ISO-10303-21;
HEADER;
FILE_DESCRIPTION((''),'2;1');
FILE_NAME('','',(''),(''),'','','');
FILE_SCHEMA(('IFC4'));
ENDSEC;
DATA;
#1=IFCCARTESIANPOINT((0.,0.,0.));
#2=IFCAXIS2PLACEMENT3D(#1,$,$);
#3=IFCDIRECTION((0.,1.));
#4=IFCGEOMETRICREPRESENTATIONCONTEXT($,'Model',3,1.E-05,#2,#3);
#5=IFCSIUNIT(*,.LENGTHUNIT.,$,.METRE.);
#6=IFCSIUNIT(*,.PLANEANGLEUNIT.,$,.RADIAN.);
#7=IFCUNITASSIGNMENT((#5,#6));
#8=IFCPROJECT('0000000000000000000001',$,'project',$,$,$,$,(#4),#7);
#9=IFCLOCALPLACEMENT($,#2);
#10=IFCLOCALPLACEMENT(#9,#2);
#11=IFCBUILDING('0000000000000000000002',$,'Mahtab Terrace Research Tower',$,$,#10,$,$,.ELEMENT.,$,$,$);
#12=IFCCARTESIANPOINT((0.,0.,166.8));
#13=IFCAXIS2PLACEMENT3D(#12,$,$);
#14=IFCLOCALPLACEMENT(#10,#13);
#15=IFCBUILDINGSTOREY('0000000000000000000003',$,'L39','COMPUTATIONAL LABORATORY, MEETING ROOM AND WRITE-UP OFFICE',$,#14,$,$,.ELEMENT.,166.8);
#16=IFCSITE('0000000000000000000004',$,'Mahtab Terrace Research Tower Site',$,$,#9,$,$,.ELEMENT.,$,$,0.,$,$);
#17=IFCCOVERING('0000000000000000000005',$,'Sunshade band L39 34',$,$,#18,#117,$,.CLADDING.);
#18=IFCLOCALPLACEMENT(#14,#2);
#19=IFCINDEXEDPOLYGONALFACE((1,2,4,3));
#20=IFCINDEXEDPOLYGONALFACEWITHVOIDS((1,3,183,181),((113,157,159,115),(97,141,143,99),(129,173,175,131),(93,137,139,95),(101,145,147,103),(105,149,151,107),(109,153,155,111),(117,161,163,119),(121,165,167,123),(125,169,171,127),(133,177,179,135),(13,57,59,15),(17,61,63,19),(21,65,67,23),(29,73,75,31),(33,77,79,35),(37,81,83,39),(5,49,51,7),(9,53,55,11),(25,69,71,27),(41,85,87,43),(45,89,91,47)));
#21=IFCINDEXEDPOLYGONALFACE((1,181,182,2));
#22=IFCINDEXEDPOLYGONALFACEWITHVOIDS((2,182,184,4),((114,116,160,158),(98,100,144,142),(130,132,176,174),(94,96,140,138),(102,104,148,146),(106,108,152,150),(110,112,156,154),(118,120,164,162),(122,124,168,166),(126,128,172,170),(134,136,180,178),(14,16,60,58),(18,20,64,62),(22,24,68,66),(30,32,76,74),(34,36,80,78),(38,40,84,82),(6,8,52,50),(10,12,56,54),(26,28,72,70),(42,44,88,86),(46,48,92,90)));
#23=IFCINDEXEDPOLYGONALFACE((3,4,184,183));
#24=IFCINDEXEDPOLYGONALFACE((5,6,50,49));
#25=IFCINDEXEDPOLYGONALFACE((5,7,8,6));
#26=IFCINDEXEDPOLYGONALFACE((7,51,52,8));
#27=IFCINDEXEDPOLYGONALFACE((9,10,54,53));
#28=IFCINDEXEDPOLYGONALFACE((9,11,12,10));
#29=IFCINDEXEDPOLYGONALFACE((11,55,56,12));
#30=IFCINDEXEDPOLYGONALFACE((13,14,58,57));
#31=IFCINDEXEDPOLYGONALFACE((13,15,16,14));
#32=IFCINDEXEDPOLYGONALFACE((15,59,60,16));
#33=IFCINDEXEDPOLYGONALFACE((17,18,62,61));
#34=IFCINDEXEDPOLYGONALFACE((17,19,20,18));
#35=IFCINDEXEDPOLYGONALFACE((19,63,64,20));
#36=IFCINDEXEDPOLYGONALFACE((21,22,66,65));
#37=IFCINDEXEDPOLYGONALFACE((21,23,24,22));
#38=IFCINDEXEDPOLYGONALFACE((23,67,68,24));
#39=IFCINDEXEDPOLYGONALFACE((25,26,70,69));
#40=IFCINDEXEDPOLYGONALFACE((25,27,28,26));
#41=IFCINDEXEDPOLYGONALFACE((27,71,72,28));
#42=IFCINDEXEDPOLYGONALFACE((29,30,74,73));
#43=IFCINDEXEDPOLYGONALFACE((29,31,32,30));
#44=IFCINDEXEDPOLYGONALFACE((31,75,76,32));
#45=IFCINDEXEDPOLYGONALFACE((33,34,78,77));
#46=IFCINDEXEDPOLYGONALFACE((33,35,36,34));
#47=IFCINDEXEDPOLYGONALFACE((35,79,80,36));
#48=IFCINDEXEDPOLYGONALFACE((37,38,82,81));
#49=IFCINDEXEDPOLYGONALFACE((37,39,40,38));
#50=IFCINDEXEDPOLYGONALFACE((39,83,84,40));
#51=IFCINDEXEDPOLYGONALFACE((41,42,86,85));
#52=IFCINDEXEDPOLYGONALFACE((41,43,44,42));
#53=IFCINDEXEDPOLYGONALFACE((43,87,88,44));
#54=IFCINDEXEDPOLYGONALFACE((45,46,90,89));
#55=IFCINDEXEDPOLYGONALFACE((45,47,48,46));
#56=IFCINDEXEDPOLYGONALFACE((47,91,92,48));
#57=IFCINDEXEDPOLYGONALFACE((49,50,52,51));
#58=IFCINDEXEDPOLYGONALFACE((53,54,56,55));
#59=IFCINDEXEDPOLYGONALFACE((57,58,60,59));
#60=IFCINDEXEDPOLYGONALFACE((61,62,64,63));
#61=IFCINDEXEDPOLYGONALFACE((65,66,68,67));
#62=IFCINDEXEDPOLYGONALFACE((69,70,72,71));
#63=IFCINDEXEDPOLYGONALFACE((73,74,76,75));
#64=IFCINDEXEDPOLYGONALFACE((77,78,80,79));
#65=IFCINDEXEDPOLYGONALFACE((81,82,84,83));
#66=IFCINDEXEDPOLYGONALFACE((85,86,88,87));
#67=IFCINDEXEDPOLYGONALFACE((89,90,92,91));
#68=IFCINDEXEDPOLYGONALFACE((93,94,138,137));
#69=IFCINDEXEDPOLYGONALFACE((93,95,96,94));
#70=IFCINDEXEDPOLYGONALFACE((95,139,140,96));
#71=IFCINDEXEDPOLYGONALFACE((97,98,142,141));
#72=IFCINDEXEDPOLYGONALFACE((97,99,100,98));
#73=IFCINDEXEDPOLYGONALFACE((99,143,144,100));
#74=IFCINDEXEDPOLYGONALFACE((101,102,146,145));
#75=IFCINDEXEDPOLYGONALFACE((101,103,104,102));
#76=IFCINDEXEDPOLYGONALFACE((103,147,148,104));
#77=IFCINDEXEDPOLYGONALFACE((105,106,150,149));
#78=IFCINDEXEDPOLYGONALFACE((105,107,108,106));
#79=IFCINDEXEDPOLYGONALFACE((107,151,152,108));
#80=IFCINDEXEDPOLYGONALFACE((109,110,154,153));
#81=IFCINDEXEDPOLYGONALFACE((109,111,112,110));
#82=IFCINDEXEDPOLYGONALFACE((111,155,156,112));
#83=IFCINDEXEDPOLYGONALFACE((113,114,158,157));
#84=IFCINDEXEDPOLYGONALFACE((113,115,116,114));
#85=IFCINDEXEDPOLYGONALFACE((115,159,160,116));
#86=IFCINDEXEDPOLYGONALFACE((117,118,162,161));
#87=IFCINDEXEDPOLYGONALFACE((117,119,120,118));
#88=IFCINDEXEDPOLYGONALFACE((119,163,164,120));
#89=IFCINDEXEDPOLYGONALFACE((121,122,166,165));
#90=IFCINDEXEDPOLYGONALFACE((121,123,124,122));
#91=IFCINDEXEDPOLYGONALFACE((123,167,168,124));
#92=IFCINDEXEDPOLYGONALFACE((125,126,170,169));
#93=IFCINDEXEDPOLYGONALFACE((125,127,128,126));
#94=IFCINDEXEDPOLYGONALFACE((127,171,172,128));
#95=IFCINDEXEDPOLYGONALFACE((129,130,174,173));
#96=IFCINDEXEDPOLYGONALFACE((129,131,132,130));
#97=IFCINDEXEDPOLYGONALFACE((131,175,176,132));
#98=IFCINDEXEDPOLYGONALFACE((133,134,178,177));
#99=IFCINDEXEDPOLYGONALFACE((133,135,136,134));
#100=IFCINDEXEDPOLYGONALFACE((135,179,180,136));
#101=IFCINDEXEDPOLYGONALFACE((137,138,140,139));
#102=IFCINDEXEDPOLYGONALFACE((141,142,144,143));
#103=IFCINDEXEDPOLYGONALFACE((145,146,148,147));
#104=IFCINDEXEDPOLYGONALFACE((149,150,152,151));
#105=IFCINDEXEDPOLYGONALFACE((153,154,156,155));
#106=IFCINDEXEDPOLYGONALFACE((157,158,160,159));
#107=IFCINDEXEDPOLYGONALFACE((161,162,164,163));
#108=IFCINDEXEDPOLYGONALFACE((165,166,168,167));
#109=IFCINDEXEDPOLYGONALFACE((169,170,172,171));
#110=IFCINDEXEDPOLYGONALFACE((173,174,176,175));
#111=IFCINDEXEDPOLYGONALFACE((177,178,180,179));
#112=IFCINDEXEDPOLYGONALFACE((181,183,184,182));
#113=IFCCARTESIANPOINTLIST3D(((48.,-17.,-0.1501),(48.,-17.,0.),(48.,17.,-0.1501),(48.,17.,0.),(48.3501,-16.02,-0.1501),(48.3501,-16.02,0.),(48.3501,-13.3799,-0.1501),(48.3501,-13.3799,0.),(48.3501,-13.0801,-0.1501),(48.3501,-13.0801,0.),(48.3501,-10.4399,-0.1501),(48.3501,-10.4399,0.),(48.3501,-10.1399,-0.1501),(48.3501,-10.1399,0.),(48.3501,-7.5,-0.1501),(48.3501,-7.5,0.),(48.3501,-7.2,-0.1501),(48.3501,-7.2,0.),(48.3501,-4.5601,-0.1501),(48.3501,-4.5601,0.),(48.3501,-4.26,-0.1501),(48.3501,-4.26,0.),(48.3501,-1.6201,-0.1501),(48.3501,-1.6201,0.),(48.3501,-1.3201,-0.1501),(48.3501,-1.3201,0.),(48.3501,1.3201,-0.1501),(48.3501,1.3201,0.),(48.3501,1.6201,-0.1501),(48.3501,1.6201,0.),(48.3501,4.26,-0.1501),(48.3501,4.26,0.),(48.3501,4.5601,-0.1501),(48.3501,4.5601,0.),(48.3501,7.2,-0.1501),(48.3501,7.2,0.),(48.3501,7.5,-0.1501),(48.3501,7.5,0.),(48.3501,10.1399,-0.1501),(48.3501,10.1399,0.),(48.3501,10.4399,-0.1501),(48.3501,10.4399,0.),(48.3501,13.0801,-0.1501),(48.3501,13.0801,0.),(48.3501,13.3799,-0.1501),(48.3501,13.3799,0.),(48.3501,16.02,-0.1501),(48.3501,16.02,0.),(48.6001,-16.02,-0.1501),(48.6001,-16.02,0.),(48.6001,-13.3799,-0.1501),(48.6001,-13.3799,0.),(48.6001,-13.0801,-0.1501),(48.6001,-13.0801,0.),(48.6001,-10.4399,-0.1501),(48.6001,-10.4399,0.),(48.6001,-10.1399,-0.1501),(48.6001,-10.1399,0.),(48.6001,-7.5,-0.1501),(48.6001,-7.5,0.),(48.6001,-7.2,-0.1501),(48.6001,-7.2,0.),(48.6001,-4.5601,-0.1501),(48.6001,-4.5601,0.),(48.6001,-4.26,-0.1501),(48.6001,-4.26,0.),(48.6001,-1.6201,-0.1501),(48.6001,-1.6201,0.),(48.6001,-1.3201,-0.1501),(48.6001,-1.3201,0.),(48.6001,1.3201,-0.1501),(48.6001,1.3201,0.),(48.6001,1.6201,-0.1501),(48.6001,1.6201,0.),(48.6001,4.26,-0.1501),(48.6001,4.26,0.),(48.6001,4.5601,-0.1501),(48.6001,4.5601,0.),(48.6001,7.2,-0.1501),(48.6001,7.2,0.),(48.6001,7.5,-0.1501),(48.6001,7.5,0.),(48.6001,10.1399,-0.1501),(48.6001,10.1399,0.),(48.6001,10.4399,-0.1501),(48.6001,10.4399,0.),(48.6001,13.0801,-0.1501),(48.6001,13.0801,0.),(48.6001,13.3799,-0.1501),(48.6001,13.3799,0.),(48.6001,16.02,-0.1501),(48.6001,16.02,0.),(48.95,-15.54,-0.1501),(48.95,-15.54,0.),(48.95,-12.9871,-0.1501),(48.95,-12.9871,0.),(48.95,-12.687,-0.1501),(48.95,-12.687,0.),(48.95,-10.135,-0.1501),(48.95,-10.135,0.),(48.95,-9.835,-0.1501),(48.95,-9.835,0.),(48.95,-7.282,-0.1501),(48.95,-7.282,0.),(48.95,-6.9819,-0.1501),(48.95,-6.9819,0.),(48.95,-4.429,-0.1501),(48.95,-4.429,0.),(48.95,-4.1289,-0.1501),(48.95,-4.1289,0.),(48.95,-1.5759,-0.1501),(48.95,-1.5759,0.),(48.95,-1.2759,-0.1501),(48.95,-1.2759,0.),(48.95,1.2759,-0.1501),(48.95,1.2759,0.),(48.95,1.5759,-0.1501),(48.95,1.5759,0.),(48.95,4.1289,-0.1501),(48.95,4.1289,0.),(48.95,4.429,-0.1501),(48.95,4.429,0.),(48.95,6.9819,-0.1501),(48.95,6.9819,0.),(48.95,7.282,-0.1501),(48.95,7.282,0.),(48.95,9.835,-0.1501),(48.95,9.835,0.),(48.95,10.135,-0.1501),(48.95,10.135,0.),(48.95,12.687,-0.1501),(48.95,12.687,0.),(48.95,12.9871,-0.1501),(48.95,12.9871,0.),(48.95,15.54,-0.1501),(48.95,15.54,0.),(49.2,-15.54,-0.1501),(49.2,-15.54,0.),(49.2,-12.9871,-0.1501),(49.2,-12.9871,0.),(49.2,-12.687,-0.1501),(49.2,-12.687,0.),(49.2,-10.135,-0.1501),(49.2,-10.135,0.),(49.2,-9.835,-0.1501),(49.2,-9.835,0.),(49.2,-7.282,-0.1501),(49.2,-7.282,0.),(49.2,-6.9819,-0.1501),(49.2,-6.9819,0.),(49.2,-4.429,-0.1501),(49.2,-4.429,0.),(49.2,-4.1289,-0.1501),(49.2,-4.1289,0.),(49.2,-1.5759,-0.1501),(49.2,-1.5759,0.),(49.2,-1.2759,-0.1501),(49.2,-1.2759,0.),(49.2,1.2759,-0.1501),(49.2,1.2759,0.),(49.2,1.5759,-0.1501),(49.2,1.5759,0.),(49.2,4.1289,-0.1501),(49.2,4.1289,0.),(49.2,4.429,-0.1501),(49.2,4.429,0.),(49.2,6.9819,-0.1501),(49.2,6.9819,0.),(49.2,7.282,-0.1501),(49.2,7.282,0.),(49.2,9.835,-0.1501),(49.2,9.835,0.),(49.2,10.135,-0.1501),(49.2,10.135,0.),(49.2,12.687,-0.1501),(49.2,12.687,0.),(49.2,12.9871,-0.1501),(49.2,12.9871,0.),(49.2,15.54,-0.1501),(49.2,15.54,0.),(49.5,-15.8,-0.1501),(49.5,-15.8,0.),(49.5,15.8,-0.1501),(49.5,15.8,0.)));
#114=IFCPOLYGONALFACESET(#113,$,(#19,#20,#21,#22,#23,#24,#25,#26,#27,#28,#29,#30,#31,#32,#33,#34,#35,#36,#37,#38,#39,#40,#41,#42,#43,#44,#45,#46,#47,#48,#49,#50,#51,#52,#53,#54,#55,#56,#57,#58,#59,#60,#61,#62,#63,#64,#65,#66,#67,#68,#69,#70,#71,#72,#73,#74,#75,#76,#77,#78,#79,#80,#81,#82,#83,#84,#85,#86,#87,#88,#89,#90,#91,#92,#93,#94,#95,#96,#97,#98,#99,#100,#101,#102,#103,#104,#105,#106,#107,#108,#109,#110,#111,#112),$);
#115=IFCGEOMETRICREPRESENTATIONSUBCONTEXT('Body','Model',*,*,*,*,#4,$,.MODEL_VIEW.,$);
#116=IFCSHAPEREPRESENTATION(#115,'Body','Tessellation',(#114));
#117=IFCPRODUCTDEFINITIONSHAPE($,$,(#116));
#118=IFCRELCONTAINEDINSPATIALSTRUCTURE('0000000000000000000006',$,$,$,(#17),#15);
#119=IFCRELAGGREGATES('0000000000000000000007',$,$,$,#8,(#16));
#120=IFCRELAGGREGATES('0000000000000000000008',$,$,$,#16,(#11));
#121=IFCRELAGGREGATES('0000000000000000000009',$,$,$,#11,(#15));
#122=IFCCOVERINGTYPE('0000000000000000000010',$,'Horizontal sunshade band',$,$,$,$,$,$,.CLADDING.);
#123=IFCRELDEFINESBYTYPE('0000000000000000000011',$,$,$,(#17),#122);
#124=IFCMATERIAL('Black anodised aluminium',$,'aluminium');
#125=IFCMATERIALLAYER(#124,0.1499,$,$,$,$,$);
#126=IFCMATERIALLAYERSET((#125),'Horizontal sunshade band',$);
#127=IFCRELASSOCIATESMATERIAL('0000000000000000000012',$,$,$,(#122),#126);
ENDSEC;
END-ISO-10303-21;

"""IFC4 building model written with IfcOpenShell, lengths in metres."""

from ifc_helpers import new_model, si_unit, direction, frame, origin, place, context, subcontext, project, spatial, polyline, outline, extrude, material, layer, layer_set, type_object, element, save


model = new_model("IFC4")

# Units and contexts
model_context = context("Model", 3, precision=1e-05, world=origin(), true_north=direction((0.0, 1.0)))
body_context = subcontext(model_context, "Body", "Model", "MODEL_VIEW")
ifc_project = project(units=[si_unit("LENGTHUNIT", "METRE"), si_unit("PLANEANGLEUNIT", "RADIAN")], contexts=[model_context])

# Site, building, storey
site_placement = place(None, origin())
site = spatial("IfcSite", under=ifc_project, at=site_placement, Name="Mahtab Terrace Research Tower Site", CompositionType="ELEMENT", RefElevation=0.0)
building_placement = place(site_placement, origin())
building = spatial("IfcBuilding", under=site, at=building_placement, Name="Mahtab Terrace Research Tower", CompositionType="ELEMENT")
storey_placement = place(building_placement, frame((0.0, 0.0, 166.8)))
storey = spatial("IfcBuildingStorey", under=building, at=storey_placement, Name="L39", Description="COMPUTATIONAL LABORATORY, MEETING ROOM AND WRITE-UP OFFICE", CompositionType="ELEMENT", Elevation=166.8)

# Covering
ifc_material_1 = material(Name="Black anodised aluminium", Category="aluminium")
ifc_layer_1 = layer(ifc_material_1, 0.1499)
ifc_layer_set_1 = layer_set([ifc_layer_1], Name="Horizontal sunshade band")
covering_type = type_object("IfcCoveringType", Name="Horizontal sunshade band", PredefinedType="CLADDING", material=ifc_layer_set_1)
covering_placement = place(storey_placement, frame((0.0, 0.0, -0.1501)))
element("IfcCovering", 1, at=covering_placement, inside=storey, type_object=covering_type, Name="Sunshade band L39 34", PredefinedType="CLADDING", context=body_context, shape_type="SweptSolid", body=[
    extrude(outline(polyline([(48.0, -17.0), (48.0, 17.0), (49.5, 15.8), (49.5, -15.8), (48.0, -17.0)]), holes=[polyline([(48.3501, -16.02), (48.3501, -13.3799), (48.6001, -13.3799), (48.6001, -16.02), (48.3501, -16.02)]), polyline([(48.3501, -13.0801), (48.3501, -10.4399), (48.6001, -10.4399), (48.6001, -13.0801), (48.3501, -13.0801)]), polyline([(48.3501, -10.1399), (48.3501, -7.5), (48.6001, -7.5), (48.6001, -10.1399), (48.3501, -10.1399)]), polyline([(48.3501, -7.2), (48.3501, -4.5601), (48.6001, -4.5601), (48.6001, -7.2), (48.3501, -7.2)]), polyline([(48.3501, -4.26), (48.3501, -1.6201), (48.6001, -1.6201), (48.6001, -4.26), (48.3501, -4.26)]), polyline([(48.3501, -1.3201), (48.3501, 1.3201), (48.6001, 1.3201), (48.6001, -1.3201), (48.3501, -1.3201)]), polyline([(48.3501, 1.6201), (48.3501, 4.26), (48.6001, 4.26), (48.6001, 1.6201), (48.3501, 1.6201)]), polyline([(48.3501, 4.5601), (48.3501, 7.2), (48.6001, 7.2), (48.6001, 4.5601), (48.3501, 4.5601)]), polyline([(48.3501, 7.5), (48.3501, 10.1399), (48.6001, 10.1399), (48.6001, 7.5), (48.3501, 7.5)]), polyline([(48.3501, 10.4399), (48.3501, 13.0801), (48.6001, 13.0801), (48.6001, 10.4399), (48.3501, 10.4399)]), polyline([(48.3501, 13.3799), (48.3501, 16.02), (48.6001, 16.02), (48.6001, 13.3799), (48.3501, 13.3799)]), polyline([(48.95, -15.54), (48.95, -12.9871), (49.2, -12.9871), (49.2, -15.54), (48.95, -15.54)]), polyline([(48.95, -12.687), (48.95, -10.135), (49.2, -10.135), (49.2, -12.687), (48.95, -12.687)]), polyline([(48.95, -9.835), (48.95, -7.282), (49.2, -7.282), (49.2, -9.835), (48.95, -9.835)]), polyline([(48.95, -6.9819), (48.95, -4.429), (49.2, -4.429), (49.2, -6.9819), (48.95, -6.9819)]), polyline([(48.95, -4.1289), (48.95, -1.5759), (49.2, -1.5759), (49.2, -4.1289), (48.95, -4.1289)]), polyline([(48.95, -1.2759), (48.95, 1.2759), (49.2, 1.2759), (49.2, -1.2759), (48.95, -1.2759)]), polyline([(48.95, 1.5759), (48.95, 4.1289), (49.2, 4.1289), (49.2, 1.5759), (48.95, 1.5759)]), polyline([(48.95, 4.429), (48.95, 6.9819), (49.2, 6.9819), (49.2, 4.429), (48.95, 4.429)]), polyline([(48.95, 7.282), (48.95, 9.835), (49.2, 9.835), (49.2, 7.282), (48.95, 7.282)]), polyline([(48.95, 10.135), (48.95, 12.687), (49.2, 12.687), (49.2, 10.135), (48.95, 10.135)]), polyline([(48.95, 12.9871), (48.95, 15.54), (49.2, 15.54), (49.2, 12.9871), (48.95, 12.9871)])]), origin(), (0.0, 0.0, 1.0), 0.1501),
])

save(model, "model.ifc")
